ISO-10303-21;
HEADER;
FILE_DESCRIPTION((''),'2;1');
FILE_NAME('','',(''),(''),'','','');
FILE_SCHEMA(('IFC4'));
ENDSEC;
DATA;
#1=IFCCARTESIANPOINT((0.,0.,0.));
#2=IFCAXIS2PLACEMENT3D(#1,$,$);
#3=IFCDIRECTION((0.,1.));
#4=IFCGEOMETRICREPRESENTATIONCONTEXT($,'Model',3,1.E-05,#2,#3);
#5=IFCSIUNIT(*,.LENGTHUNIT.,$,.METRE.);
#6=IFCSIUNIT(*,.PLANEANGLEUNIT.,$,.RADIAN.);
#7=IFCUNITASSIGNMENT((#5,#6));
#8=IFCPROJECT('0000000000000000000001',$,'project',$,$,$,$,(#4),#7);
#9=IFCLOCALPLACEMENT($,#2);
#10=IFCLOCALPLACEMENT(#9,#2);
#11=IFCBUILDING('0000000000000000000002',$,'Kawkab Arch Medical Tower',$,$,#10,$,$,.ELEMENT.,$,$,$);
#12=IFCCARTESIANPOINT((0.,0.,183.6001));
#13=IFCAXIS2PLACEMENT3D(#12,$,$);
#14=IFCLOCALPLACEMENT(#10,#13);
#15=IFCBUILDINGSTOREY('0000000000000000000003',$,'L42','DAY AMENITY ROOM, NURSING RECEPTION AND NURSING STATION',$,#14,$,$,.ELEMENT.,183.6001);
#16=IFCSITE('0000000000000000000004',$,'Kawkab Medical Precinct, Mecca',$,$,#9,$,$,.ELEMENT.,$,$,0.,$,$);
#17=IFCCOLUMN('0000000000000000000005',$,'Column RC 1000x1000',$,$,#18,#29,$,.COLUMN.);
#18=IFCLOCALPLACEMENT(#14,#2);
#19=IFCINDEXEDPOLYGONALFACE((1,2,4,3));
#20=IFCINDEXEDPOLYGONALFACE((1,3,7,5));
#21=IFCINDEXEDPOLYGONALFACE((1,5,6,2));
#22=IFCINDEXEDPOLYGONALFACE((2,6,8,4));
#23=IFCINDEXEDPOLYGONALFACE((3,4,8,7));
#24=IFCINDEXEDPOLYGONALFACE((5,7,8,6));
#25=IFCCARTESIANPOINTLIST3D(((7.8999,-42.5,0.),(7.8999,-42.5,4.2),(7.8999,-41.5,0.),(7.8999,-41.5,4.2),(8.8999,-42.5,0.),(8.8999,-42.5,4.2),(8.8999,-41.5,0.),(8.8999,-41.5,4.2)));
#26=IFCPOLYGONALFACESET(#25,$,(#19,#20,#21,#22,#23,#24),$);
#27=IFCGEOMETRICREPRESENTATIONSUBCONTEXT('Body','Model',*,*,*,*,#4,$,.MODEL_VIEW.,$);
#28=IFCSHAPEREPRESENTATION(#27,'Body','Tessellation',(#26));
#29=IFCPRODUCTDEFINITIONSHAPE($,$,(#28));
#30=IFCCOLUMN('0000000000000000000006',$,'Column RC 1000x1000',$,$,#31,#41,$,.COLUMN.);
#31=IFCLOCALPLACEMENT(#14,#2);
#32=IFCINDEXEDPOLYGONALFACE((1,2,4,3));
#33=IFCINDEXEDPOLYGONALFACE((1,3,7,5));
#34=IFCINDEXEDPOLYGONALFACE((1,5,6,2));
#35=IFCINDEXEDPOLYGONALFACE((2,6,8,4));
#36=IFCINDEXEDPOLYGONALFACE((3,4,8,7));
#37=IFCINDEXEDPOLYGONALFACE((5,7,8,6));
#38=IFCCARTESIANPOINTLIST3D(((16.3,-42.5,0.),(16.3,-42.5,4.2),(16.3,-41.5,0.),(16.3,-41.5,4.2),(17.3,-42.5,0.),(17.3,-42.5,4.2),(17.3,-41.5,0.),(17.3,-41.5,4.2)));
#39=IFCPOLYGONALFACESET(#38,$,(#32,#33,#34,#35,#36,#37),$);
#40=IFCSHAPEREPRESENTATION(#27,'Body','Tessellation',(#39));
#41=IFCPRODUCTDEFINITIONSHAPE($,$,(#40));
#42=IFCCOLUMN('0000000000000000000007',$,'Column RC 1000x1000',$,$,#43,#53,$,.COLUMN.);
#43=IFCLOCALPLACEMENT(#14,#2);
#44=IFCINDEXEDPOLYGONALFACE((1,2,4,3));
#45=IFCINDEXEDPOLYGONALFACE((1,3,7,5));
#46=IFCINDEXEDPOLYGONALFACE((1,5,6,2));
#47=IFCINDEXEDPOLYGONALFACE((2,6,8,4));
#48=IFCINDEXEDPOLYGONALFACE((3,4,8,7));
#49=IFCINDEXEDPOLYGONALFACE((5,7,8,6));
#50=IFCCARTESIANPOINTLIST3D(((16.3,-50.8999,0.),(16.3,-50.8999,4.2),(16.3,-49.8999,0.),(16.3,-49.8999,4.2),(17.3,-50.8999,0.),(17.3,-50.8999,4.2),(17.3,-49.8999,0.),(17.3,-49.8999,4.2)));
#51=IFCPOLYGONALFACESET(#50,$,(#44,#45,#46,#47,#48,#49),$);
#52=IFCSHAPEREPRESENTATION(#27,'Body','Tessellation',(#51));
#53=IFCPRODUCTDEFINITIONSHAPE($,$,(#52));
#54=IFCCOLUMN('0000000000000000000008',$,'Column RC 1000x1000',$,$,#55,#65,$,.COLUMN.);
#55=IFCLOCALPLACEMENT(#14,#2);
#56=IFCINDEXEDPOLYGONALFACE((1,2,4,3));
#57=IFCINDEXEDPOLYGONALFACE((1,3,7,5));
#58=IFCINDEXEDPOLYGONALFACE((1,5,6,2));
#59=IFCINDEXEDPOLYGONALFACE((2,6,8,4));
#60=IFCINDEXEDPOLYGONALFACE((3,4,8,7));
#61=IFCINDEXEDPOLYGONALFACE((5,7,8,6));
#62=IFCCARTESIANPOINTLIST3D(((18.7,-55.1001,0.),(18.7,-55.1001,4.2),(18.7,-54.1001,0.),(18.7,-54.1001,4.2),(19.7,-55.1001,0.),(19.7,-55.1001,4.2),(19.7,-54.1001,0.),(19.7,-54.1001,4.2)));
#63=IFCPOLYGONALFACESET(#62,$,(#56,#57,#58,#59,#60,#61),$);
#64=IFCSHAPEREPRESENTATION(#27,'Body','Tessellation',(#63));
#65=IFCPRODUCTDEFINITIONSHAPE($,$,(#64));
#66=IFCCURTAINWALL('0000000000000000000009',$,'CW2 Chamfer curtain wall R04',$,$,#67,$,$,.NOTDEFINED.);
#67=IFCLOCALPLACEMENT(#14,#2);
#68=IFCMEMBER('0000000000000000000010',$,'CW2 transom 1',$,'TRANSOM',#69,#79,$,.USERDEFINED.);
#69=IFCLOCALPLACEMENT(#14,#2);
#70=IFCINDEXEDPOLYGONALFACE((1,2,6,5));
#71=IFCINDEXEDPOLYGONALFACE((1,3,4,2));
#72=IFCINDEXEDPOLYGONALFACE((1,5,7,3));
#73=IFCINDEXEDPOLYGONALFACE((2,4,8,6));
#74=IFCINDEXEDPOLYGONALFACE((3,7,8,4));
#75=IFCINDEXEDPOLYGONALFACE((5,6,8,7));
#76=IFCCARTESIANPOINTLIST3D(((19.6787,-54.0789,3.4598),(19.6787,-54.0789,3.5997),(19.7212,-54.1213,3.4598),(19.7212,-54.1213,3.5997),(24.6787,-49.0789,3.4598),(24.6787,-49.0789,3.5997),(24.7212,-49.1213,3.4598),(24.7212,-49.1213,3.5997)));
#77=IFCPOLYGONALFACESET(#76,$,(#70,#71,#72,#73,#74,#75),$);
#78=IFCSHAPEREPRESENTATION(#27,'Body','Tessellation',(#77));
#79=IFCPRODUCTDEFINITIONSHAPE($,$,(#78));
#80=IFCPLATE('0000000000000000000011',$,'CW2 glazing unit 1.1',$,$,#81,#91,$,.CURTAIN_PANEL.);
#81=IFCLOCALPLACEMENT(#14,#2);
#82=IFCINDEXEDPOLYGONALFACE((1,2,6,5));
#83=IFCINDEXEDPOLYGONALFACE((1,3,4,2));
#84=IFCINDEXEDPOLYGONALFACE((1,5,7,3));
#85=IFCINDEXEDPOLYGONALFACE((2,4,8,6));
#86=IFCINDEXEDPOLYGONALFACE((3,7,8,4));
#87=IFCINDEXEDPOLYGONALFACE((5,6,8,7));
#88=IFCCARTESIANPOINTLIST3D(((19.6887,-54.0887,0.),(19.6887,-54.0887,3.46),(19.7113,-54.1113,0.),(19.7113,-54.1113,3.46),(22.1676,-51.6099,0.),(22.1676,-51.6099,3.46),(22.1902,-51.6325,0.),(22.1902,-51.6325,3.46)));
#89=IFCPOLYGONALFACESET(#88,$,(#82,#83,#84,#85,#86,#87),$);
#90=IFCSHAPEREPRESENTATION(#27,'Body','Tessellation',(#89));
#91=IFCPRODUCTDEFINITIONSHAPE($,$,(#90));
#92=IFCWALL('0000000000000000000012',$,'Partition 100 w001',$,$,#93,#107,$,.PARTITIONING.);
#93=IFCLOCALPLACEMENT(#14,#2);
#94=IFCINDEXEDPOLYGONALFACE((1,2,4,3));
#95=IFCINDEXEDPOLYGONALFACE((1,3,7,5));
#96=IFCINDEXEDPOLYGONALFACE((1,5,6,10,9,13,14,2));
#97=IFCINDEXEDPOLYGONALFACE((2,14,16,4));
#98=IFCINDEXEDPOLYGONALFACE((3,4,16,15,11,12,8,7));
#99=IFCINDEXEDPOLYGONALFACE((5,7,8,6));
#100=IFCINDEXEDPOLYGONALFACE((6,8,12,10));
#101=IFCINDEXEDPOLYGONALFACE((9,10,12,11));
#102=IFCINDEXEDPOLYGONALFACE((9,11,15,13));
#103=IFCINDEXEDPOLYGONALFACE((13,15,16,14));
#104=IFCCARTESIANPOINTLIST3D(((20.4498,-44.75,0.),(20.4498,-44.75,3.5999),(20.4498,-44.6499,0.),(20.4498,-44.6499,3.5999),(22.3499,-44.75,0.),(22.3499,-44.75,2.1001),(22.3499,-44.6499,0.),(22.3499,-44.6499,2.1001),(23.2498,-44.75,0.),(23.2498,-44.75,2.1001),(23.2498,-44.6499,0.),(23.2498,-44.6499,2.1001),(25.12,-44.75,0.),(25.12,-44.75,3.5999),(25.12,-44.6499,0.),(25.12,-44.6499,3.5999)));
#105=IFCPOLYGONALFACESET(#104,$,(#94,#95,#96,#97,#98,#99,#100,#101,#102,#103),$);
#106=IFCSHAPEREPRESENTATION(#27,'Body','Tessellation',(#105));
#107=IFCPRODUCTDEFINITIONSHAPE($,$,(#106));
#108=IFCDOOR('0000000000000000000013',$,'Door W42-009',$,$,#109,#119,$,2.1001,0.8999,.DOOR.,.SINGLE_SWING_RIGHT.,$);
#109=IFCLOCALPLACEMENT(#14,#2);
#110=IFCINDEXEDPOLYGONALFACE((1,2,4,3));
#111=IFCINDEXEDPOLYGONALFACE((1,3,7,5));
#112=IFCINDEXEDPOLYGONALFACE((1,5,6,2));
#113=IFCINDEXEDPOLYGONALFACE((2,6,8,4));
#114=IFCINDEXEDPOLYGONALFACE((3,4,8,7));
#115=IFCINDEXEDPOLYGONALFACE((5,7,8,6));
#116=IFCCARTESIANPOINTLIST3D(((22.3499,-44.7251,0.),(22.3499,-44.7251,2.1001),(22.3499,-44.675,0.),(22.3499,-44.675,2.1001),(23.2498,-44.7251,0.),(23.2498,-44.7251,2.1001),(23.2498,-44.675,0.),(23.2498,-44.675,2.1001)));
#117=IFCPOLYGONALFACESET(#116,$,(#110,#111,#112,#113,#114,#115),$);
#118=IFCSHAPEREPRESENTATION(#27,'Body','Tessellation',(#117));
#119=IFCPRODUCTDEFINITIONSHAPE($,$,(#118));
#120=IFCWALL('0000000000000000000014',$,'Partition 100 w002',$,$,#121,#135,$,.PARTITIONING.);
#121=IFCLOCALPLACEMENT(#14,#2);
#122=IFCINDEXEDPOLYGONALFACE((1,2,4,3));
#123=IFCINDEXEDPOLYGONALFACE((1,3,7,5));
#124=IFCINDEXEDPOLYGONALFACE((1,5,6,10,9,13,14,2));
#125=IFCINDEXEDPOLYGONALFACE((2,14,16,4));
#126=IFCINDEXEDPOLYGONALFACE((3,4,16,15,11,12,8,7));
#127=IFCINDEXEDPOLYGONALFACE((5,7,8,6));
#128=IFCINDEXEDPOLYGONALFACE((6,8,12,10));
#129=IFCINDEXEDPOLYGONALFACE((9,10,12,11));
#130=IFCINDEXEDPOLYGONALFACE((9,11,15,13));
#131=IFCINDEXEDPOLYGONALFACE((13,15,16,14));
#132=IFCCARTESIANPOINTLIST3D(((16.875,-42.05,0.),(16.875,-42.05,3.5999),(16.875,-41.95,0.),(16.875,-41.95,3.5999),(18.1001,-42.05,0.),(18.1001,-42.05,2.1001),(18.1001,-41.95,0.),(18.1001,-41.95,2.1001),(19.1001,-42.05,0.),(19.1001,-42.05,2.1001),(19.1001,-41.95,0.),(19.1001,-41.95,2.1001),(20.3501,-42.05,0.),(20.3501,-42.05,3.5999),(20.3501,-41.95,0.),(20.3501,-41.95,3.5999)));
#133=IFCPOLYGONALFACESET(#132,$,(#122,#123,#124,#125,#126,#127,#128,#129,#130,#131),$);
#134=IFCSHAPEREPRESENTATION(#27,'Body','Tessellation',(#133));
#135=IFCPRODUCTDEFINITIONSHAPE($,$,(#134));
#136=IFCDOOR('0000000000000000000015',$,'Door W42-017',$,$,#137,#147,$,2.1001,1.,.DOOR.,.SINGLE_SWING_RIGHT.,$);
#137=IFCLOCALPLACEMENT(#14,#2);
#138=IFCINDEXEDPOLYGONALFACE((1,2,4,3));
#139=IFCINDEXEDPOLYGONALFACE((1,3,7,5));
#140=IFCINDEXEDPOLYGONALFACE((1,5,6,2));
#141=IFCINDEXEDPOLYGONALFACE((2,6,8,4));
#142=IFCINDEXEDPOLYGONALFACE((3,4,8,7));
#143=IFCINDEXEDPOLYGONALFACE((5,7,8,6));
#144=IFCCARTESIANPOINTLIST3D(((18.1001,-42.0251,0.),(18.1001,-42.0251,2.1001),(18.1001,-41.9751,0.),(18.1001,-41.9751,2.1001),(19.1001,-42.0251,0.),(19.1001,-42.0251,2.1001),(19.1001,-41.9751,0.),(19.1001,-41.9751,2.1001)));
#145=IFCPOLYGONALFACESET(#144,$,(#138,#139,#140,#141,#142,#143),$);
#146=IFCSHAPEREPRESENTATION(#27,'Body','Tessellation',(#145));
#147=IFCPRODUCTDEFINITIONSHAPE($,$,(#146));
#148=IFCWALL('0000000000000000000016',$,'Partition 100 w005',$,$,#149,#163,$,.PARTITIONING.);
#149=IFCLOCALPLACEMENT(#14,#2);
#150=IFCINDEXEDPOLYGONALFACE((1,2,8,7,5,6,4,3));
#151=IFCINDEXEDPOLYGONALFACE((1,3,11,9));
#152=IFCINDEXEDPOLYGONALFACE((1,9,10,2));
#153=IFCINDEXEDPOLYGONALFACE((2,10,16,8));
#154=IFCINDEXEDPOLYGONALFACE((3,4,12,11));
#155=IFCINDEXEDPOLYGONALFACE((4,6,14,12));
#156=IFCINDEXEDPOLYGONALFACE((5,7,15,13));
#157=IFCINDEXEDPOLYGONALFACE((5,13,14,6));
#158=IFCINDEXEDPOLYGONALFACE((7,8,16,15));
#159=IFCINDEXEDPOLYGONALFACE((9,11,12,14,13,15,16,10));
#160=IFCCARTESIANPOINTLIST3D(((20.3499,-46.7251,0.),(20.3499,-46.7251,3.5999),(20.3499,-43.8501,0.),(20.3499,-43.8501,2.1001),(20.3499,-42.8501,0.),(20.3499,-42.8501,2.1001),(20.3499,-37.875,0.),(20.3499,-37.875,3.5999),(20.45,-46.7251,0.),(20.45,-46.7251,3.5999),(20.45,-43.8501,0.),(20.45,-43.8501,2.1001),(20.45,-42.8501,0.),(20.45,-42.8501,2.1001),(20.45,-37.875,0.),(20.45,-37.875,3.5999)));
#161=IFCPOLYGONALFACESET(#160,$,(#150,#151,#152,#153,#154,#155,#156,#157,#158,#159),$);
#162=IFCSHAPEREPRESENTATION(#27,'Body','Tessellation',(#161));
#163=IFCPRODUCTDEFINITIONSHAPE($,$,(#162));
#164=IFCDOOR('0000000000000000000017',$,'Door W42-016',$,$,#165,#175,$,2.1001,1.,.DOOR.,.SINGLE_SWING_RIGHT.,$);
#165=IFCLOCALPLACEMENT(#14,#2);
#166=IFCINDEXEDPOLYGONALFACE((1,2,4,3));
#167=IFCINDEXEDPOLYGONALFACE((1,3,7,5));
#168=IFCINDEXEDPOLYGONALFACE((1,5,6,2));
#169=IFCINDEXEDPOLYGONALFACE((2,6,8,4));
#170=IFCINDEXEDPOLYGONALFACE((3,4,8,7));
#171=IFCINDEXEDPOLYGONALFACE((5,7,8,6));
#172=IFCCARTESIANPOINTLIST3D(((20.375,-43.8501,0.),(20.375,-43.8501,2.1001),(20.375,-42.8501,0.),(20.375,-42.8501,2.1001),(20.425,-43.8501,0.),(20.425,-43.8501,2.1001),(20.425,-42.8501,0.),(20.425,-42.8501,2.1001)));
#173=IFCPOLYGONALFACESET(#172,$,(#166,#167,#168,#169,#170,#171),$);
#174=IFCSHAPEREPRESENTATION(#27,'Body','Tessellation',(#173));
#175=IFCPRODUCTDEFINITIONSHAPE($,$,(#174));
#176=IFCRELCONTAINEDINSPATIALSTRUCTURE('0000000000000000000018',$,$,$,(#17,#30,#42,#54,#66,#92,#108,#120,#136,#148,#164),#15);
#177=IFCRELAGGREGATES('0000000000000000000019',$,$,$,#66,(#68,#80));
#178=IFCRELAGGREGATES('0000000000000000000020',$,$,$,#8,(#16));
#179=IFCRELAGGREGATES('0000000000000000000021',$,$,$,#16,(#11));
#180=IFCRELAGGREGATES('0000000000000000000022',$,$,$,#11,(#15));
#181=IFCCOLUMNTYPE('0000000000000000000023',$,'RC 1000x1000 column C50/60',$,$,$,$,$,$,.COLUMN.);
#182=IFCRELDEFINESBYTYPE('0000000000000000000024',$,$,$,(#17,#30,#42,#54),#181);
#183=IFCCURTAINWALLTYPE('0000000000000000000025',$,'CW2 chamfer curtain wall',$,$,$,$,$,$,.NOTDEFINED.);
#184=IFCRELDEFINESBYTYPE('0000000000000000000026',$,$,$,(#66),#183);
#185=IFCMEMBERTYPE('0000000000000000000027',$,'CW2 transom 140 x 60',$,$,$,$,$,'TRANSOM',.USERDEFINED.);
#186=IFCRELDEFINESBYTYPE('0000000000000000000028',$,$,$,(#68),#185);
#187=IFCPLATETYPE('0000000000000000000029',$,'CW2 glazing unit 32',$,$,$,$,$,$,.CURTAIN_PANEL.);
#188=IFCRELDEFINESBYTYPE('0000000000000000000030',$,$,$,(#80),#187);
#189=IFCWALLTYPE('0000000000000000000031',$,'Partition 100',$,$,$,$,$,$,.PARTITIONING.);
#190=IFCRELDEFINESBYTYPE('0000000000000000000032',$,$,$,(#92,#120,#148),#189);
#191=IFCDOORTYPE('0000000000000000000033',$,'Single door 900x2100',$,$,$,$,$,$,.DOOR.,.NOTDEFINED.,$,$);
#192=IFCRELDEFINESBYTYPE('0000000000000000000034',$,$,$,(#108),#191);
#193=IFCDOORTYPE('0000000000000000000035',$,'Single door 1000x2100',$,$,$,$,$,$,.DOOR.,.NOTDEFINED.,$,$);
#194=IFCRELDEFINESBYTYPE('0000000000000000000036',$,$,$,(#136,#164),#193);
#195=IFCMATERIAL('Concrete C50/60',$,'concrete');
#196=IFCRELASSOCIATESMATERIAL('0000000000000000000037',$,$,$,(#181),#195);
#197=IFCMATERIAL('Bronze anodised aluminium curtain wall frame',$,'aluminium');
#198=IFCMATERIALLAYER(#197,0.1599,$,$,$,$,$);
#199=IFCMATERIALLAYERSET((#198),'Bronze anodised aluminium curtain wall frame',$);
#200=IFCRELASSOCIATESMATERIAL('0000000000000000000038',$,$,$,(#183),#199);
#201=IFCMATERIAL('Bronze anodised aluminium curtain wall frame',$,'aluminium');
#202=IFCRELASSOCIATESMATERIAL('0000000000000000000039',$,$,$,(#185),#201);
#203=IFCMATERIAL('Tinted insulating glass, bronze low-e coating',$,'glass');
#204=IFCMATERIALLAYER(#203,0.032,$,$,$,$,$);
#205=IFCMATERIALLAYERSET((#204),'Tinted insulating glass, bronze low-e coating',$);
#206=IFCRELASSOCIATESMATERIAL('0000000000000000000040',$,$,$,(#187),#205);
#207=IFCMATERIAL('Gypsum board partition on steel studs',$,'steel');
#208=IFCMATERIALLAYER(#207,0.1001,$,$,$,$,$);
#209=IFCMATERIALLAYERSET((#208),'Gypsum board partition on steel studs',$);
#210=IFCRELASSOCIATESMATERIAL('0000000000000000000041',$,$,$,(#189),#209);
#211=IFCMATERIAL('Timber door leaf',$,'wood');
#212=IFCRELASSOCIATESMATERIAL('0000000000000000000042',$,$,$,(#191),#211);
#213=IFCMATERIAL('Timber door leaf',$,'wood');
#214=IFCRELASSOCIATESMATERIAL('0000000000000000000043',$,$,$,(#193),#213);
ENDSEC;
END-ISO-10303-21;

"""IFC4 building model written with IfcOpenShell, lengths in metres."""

from ifc_helpers import new_model, si_unit, direction, frame, frame_2d, origin, origin_2d, place, context, subcontext, project, spatial, rectangle, extrude, material, layer, layer_set, material_profile, profile_set, type_object, element, fill, aggregate, save


model = new_model("IFC4")

# Units and contexts
model_context = context("Model", 3, precision=1e-05, world=origin(), true_north=direction((0.0, 1.0)))
body_context = subcontext(model_context, "Body", "Model", "MODEL_VIEW")
ifc_project = project(units=[si_unit("LENGTHUNIT", "METRE"), si_unit("PLANEANGLEUNIT", "RADIAN")], contexts=[model_context])

# Site, building, storey
site_placement = place(None, origin())
site = spatial("IfcSite", under=ifc_project, at=site_placement, Name="Kawkab Medical Precinct, Mecca", CompositionType="ELEMENT", RefElevation=0.0)
building_placement = place(site_placement, origin())
building = spatial("IfcBuilding", under=site, at=building_placement, Name="Kawkab Arch Medical Tower", CompositionType="ELEMENT")
storey_placement = place(building_placement, frame((0.0, 0.0, 183.6001)))
storey = spatial("IfcBuildingStorey", under=building, at=storey_placement, Name="L42", Description="DAY AMENITY ROOM, NURSING RECEPTION AND NURSING STATION", CompositionType="ELEMENT", Elevation=183.6001)

# Columns
ifc_material_1 = material(Name="Concrete C50/60", Category="concrete")
ifc_material_profile_1 = material_profile(ifc_material_1, rectangle(XDim=1.0, YDim=1.0, at=origin_2d()), Name="RC 1000x1000")
ifc_profile_set_1 = profile_set([ifc_material_profile_1], Name="Concrete C50/60")
column_type = type_object("IfcColumnType", Name="RC 1000x1000 column C50/60", PredefinedType="COLUMN", material=ifc_profile_set_1)
for number, where, z_axis, x_axis, name in (
    (1, (8.3999, -42.0, 0.0), (0.0, 0.0, 1.0), (1.0, 0.0, 0.0), "Column RC 1000x1000"),
    (2, (16.8, -42.0, 0.0), (0.0, 0.0, 1.0), (1.0, 0.0, 0.0), "Column RC 1000x1000"),
    (3, (16.8, -50.3999, 0.0), (0.0, 0.0, 1.0), (1.0, 0.0, 0.0), "Column RC 1000x1000"),
    (4, (19.2, -54.6001, 0.0), (0.0, 0.0, 1.0), (1.0, 0.0, 0.0), "Column RC 1000x1000"),
):
    element("IfcColumn", number, at=place(storey_placement, frame(where, z_axis=z_axis, x_axis=x_axis)), inside=storey, type_object=column_type, Name=name, PredefinedType="COLUMN", context=body_context, shape_type="SweptSolid", body=[
        extrude(rectangle(XDim=1.0, YDim=1.0, at=origin_2d()), origin(), (0.0, 0.0, 1.0), 4.2),
    ])

# Curtain wall, member, plate
ifc_material_2 = material(Name="Bronze anodised aluminium curtain wall frame", Category="aluminium")
ifc_layer_1 = layer(ifc_material_2, 0.1599)
ifc_layer_set_1 = layer_set([ifc_layer_1], Name="Bronze anodised aluminium curtain wall frame")
curtain_wall_type = type_object("IfcCurtainWallType", Name="CW2 chamfer curtain wall", PredefinedType="NOTDEFINED", material=ifc_layer_set_1)
curtain_wall_placement = place(storey_placement, origin())
curtain_wall = element("IfcCurtainWall", 5, at=curtain_wall_placement, inside=storey, type_object=curtain_wall_type, Name="CW2 Chamfer curtain wall R04", PredefinedType="NOTDEFINED")
ifc_material_3 = material(Name="Bronze anodised aluminium curtain wall frame", Category="aluminium")
ifc_material_profile_2 = material_profile(ifc_material_3, rectangle(XDim=0.0601, YDim=0.1399, at=origin_2d()), Name="AL 60x140")
ifc_profile_set_2 = profile_set([ifc_material_profile_2], Name="Bronze anodised aluminium curtain wall frame")
member_type = type_object("IfcMemberType", Name="CW2 transom 140 x 60", ElementType="TRANSOM", PredefinedType="USERDEFINED", material=ifc_profile_set_2)
member_placement = place(storey_placement, frame((19.7, -54.1001, 3.5298), z_axis=(0.707107, 0.707107, 0.0), x_axis=(-0.707107, 0.707107, 0.0)))
member = element("IfcMember", 6, at=member_placement, type_object=member_type, Name="CW2 transom 1", ObjectType="TRANSOM", PredefinedType="USERDEFINED", context=body_context, shape_type="SweptSolid", body=[
    extrude(rectangle(XDim=0.0601, YDim=0.1399, at=origin_2d()), origin(), (0.0, 0.0, 1.0), 7.071),
])
ifc_material_4 = material(Name="Tinted insulating glass, bronze low-e coating", Category="glass")
ifc_layer_2 = layer(ifc_material_4, 0.032)
ifc_layer_set_2 = layer_set([ifc_layer_2], Name="Tinted insulating glass, bronze low-e coating")
plate_type = type_object("IfcPlateType", Name="CW2 glazing unit 32", PredefinedType="CURTAIN_PANEL", material=ifc_layer_set_2)
plate_placement = place(storey_placement, frame((20.9395, -52.8606, 0.0), z_axis=(0.0, 0.0, 1.0), x_axis=(0.707107, 0.707107, 0.0)))
plate = element("IfcPlate", 7, at=plate_placement, type_object=plate_type, Name="CW2 glazing unit 1.1", PredefinedType="CURTAIN_PANEL", context=body_context, shape_type="SweptSolid", body=[
    extrude(rectangle(XDim=3.5056, YDim=0.032, at=origin_2d()), origin(), (0.0, 0.0, 1.0), 3.46),
])
aggregate(curtain_wall, [member, plate])

# Walls, openings, doors
ifc_material_5 = material(Name="Gypsum board partition on steel studs", Category="steel")
ifc_layer_3 = layer(ifc_material_5, 0.1001)
ifc_layer_set_3 = layer_set([ifc_layer_3], Name="Gypsum board partition on steel studs")
wall_type_1 = type_object("IfcWallType", Name="Partition 100", PredefinedType="PARTITIONING", material=ifc_layer_set_3)
wall_1_placement = place(storey_placement, frame((20.45, -44.7, 0.0), z_axis=(0.0, 0.0, 1.0), x_axis=(1.0, 0.0, 0.0)))
wall_1 = element("IfcWall", 8, at=wall_1_placement, inside=storey, type_object=wall_type_1, Name="Partition 100 w001", PredefinedType="PARTITIONING", context=body_context, shape_type="SweptSolid", body=[
    extrude(rectangle(XDim=4.6702, YDim=0.1001, at=frame_2d((2.335, 0.0))), origin(), (0.0, 0.0, 1.0), 3.5999),
])
opening_1_placement = place(wall_1_placement, frame((1.8999, 0.0, 0.0)))
opening_1 = element("IfcOpeningElement", 9, at=opening_1_placement, cuts=wall_1, PredefinedType="OPENING", context=body_context, shape_type="SweptSolid", body=[
    extrude(rectangle(XDim=0.8999, YDim=2.1001, at=frame_2d((0.45, 1.05))), frame((0.0, 0.0601, 0.0), z_axis=(0.0, -1.0, 0.0), x_axis=(1.0, 0.0, 0.0)), (0.0, 0.0, 1.0), 0.1201),
])
ifc_material_6 = material(Name="Timber door leaf", Category="wood")
door_type_1 = type_object("IfcDoorType", Name="Single door 900x2100", OperationType="NOTDEFINED", PredefinedType="DOOR", material=ifc_material_6)
door_1_placement = place(opening_1_placement, origin())
door_1 = element("IfcDoor", 10, at=door_1_placement, inside=storey, type_object=door_type_1, Name="Door W42-009", OperationType="SINGLE_SWING_RIGHT", OverallHeight=2.1001, OverallWidth=0.8999, PredefinedType="DOOR", context=body_context, shape_type="SweptSolid", body=[
    extrude(rectangle(XDim=0.8999, YDim=2.1001, at=frame_2d((0.45, 1.05))), frame((0.0, 0.0249, 0.0), z_axis=(0.0, -1.0, 0.0), x_axis=(1.0, 0.0, 0.0)), (0.0, 0.0, 1.0), 0.05),
])
fill(opening_1, door_1)
wall_2_placement = place(storey_placement, frame((16.875, -42.0, 0.0), z_axis=(0.0, 0.0, 1.0), x_axis=(1.0, 0.0, 0.0)))
wall_2 = element("IfcWall", 11, at=wall_2_placement, inside=storey, type_object=wall_type_1, Name="Partition 100 w002", PredefinedType="PARTITIONING", context=body_context, shape_type="SweptSolid", body=[
    extrude(rectangle(XDim=3.4751, YDim=0.1001, at=frame_2d((1.7375, 0.0))), origin(), (0.0, 0.0, 1.0), 3.5999),
])
opening_2_placement = place(wall_2_placement, frame((1.2251, 0.0, 0.0)))
opening_2 = element("IfcOpeningElement", 12, at=opening_2_placement, cuts=wall_2, PredefinedType="OPENING", context=body_context, shape_type="SweptSolid", body=[
    extrude(rectangle(XDim=1.0, YDim=2.1001, at=frame_2d((0.5, 1.05))), frame((0.0, 0.0601, 0.0), z_axis=(0.0, -1.0, 0.0), x_axis=(1.0, 0.0, 0.0)), (0.0, 0.0, 1.0), 0.1201),
])
ifc_material_7 = material(Name="Timber door leaf", Category="wood")
door_type_2 = type_object("IfcDoorType", Name="Single door 1000x2100", OperationType="NOTDEFINED", PredefinedType="DOOR", material=ifc_material_7)
door_2_placement = place(opening_2_placement, origin())
door_2 = element("IfcDoor", 13, at=door_2_placement, inside=storey, type_object=door_type_2, Name="Door W42-017", OperationType="SINGLE_SWING_RIGHT", OverallHeight=2.1001, OverallWidth=1.0, PredefinedType="DOOR", context=body_context, shape_type="SweptSolid", body=[
    extrude(rectangle(XDim=1.0, YDim=2.1001, at=frame_2d((0.5, 1.05))), frame((0.0, 0.0249, 0.0), z_axis=(0.0, -1.0, 0.0), x_axis=(1.0, 0.0, 0.0)), (0.0, 0.0, 1.0), 0.05),
])
fill(opening_2, door_2)
wall_3_placement = place(storey_placement, frame((20.3999, -46.7251, 0.0), z_axis=(0.0, 0.0, 1.0), x_axis=(0.0, 1.0, 0.0)))
wall_3 = element("IfcWall", 14, at=wall_3_placement, inside=storey, type_object=wall_type_1, Name="Partition 100 w005", PredefinedType="PARTITIONING", context=body_context, shape_type="SweptSolid", body=[
    extrude(rectangle(XDim=8.8501, YDim=0.1001, at=frame_2d((4.425, 0.0))), origin(), (0.0, 0.0, 1.0), 3.5999),
])
opening_3_placement = place(wall_3_placement, frame((2.875, 0.0, 0.0)))
opening_3 = element("IfcOpeningElement", 15, at=opening_3_placement, cuts=wall_3, PredefinedType="OPENING", context=body_context, shape_type="SweptSolid", body=[
    extrude(rectangle(XDim=1.0, YDim=2.1001, at=frame_2d((0.5, 1.05))), frame((0.0, 0.0601, 0.0), z_axis=(0.0, -1.0, 0.0), x_axis=(1.0, 0.0, 0.0)), (0.0, 0.0, 1.0), 0.1201),
])
door_3_placement = place(opening_3_placement, origin())
door_3 = element("IfcDoor", 16, at=door_3_placement, inside=storey, type_object=door_type_2, Name="Door W42-016", OperationType="SINGLE_SWING_RIGHT", OverallHeight=2.1001, OverallWidth=1.0, PredefinedType="DOOR", context=body_context, shape_type="SweptSolid", body=[
    extrude(rectangle(XDim=1.0, YDim=2.1001, at=frame_2d((0.5, 1.05))), frame((0.0, 0.0249, 0.0), z_axis=(0.0, -1.0, 0.0), x_axis=(1.0, 0.0, 0.0)), (0.0, 0.0, 1.0), 0.05),
])
fill(opening_3, door_3)

save(model, "model.ifc")
